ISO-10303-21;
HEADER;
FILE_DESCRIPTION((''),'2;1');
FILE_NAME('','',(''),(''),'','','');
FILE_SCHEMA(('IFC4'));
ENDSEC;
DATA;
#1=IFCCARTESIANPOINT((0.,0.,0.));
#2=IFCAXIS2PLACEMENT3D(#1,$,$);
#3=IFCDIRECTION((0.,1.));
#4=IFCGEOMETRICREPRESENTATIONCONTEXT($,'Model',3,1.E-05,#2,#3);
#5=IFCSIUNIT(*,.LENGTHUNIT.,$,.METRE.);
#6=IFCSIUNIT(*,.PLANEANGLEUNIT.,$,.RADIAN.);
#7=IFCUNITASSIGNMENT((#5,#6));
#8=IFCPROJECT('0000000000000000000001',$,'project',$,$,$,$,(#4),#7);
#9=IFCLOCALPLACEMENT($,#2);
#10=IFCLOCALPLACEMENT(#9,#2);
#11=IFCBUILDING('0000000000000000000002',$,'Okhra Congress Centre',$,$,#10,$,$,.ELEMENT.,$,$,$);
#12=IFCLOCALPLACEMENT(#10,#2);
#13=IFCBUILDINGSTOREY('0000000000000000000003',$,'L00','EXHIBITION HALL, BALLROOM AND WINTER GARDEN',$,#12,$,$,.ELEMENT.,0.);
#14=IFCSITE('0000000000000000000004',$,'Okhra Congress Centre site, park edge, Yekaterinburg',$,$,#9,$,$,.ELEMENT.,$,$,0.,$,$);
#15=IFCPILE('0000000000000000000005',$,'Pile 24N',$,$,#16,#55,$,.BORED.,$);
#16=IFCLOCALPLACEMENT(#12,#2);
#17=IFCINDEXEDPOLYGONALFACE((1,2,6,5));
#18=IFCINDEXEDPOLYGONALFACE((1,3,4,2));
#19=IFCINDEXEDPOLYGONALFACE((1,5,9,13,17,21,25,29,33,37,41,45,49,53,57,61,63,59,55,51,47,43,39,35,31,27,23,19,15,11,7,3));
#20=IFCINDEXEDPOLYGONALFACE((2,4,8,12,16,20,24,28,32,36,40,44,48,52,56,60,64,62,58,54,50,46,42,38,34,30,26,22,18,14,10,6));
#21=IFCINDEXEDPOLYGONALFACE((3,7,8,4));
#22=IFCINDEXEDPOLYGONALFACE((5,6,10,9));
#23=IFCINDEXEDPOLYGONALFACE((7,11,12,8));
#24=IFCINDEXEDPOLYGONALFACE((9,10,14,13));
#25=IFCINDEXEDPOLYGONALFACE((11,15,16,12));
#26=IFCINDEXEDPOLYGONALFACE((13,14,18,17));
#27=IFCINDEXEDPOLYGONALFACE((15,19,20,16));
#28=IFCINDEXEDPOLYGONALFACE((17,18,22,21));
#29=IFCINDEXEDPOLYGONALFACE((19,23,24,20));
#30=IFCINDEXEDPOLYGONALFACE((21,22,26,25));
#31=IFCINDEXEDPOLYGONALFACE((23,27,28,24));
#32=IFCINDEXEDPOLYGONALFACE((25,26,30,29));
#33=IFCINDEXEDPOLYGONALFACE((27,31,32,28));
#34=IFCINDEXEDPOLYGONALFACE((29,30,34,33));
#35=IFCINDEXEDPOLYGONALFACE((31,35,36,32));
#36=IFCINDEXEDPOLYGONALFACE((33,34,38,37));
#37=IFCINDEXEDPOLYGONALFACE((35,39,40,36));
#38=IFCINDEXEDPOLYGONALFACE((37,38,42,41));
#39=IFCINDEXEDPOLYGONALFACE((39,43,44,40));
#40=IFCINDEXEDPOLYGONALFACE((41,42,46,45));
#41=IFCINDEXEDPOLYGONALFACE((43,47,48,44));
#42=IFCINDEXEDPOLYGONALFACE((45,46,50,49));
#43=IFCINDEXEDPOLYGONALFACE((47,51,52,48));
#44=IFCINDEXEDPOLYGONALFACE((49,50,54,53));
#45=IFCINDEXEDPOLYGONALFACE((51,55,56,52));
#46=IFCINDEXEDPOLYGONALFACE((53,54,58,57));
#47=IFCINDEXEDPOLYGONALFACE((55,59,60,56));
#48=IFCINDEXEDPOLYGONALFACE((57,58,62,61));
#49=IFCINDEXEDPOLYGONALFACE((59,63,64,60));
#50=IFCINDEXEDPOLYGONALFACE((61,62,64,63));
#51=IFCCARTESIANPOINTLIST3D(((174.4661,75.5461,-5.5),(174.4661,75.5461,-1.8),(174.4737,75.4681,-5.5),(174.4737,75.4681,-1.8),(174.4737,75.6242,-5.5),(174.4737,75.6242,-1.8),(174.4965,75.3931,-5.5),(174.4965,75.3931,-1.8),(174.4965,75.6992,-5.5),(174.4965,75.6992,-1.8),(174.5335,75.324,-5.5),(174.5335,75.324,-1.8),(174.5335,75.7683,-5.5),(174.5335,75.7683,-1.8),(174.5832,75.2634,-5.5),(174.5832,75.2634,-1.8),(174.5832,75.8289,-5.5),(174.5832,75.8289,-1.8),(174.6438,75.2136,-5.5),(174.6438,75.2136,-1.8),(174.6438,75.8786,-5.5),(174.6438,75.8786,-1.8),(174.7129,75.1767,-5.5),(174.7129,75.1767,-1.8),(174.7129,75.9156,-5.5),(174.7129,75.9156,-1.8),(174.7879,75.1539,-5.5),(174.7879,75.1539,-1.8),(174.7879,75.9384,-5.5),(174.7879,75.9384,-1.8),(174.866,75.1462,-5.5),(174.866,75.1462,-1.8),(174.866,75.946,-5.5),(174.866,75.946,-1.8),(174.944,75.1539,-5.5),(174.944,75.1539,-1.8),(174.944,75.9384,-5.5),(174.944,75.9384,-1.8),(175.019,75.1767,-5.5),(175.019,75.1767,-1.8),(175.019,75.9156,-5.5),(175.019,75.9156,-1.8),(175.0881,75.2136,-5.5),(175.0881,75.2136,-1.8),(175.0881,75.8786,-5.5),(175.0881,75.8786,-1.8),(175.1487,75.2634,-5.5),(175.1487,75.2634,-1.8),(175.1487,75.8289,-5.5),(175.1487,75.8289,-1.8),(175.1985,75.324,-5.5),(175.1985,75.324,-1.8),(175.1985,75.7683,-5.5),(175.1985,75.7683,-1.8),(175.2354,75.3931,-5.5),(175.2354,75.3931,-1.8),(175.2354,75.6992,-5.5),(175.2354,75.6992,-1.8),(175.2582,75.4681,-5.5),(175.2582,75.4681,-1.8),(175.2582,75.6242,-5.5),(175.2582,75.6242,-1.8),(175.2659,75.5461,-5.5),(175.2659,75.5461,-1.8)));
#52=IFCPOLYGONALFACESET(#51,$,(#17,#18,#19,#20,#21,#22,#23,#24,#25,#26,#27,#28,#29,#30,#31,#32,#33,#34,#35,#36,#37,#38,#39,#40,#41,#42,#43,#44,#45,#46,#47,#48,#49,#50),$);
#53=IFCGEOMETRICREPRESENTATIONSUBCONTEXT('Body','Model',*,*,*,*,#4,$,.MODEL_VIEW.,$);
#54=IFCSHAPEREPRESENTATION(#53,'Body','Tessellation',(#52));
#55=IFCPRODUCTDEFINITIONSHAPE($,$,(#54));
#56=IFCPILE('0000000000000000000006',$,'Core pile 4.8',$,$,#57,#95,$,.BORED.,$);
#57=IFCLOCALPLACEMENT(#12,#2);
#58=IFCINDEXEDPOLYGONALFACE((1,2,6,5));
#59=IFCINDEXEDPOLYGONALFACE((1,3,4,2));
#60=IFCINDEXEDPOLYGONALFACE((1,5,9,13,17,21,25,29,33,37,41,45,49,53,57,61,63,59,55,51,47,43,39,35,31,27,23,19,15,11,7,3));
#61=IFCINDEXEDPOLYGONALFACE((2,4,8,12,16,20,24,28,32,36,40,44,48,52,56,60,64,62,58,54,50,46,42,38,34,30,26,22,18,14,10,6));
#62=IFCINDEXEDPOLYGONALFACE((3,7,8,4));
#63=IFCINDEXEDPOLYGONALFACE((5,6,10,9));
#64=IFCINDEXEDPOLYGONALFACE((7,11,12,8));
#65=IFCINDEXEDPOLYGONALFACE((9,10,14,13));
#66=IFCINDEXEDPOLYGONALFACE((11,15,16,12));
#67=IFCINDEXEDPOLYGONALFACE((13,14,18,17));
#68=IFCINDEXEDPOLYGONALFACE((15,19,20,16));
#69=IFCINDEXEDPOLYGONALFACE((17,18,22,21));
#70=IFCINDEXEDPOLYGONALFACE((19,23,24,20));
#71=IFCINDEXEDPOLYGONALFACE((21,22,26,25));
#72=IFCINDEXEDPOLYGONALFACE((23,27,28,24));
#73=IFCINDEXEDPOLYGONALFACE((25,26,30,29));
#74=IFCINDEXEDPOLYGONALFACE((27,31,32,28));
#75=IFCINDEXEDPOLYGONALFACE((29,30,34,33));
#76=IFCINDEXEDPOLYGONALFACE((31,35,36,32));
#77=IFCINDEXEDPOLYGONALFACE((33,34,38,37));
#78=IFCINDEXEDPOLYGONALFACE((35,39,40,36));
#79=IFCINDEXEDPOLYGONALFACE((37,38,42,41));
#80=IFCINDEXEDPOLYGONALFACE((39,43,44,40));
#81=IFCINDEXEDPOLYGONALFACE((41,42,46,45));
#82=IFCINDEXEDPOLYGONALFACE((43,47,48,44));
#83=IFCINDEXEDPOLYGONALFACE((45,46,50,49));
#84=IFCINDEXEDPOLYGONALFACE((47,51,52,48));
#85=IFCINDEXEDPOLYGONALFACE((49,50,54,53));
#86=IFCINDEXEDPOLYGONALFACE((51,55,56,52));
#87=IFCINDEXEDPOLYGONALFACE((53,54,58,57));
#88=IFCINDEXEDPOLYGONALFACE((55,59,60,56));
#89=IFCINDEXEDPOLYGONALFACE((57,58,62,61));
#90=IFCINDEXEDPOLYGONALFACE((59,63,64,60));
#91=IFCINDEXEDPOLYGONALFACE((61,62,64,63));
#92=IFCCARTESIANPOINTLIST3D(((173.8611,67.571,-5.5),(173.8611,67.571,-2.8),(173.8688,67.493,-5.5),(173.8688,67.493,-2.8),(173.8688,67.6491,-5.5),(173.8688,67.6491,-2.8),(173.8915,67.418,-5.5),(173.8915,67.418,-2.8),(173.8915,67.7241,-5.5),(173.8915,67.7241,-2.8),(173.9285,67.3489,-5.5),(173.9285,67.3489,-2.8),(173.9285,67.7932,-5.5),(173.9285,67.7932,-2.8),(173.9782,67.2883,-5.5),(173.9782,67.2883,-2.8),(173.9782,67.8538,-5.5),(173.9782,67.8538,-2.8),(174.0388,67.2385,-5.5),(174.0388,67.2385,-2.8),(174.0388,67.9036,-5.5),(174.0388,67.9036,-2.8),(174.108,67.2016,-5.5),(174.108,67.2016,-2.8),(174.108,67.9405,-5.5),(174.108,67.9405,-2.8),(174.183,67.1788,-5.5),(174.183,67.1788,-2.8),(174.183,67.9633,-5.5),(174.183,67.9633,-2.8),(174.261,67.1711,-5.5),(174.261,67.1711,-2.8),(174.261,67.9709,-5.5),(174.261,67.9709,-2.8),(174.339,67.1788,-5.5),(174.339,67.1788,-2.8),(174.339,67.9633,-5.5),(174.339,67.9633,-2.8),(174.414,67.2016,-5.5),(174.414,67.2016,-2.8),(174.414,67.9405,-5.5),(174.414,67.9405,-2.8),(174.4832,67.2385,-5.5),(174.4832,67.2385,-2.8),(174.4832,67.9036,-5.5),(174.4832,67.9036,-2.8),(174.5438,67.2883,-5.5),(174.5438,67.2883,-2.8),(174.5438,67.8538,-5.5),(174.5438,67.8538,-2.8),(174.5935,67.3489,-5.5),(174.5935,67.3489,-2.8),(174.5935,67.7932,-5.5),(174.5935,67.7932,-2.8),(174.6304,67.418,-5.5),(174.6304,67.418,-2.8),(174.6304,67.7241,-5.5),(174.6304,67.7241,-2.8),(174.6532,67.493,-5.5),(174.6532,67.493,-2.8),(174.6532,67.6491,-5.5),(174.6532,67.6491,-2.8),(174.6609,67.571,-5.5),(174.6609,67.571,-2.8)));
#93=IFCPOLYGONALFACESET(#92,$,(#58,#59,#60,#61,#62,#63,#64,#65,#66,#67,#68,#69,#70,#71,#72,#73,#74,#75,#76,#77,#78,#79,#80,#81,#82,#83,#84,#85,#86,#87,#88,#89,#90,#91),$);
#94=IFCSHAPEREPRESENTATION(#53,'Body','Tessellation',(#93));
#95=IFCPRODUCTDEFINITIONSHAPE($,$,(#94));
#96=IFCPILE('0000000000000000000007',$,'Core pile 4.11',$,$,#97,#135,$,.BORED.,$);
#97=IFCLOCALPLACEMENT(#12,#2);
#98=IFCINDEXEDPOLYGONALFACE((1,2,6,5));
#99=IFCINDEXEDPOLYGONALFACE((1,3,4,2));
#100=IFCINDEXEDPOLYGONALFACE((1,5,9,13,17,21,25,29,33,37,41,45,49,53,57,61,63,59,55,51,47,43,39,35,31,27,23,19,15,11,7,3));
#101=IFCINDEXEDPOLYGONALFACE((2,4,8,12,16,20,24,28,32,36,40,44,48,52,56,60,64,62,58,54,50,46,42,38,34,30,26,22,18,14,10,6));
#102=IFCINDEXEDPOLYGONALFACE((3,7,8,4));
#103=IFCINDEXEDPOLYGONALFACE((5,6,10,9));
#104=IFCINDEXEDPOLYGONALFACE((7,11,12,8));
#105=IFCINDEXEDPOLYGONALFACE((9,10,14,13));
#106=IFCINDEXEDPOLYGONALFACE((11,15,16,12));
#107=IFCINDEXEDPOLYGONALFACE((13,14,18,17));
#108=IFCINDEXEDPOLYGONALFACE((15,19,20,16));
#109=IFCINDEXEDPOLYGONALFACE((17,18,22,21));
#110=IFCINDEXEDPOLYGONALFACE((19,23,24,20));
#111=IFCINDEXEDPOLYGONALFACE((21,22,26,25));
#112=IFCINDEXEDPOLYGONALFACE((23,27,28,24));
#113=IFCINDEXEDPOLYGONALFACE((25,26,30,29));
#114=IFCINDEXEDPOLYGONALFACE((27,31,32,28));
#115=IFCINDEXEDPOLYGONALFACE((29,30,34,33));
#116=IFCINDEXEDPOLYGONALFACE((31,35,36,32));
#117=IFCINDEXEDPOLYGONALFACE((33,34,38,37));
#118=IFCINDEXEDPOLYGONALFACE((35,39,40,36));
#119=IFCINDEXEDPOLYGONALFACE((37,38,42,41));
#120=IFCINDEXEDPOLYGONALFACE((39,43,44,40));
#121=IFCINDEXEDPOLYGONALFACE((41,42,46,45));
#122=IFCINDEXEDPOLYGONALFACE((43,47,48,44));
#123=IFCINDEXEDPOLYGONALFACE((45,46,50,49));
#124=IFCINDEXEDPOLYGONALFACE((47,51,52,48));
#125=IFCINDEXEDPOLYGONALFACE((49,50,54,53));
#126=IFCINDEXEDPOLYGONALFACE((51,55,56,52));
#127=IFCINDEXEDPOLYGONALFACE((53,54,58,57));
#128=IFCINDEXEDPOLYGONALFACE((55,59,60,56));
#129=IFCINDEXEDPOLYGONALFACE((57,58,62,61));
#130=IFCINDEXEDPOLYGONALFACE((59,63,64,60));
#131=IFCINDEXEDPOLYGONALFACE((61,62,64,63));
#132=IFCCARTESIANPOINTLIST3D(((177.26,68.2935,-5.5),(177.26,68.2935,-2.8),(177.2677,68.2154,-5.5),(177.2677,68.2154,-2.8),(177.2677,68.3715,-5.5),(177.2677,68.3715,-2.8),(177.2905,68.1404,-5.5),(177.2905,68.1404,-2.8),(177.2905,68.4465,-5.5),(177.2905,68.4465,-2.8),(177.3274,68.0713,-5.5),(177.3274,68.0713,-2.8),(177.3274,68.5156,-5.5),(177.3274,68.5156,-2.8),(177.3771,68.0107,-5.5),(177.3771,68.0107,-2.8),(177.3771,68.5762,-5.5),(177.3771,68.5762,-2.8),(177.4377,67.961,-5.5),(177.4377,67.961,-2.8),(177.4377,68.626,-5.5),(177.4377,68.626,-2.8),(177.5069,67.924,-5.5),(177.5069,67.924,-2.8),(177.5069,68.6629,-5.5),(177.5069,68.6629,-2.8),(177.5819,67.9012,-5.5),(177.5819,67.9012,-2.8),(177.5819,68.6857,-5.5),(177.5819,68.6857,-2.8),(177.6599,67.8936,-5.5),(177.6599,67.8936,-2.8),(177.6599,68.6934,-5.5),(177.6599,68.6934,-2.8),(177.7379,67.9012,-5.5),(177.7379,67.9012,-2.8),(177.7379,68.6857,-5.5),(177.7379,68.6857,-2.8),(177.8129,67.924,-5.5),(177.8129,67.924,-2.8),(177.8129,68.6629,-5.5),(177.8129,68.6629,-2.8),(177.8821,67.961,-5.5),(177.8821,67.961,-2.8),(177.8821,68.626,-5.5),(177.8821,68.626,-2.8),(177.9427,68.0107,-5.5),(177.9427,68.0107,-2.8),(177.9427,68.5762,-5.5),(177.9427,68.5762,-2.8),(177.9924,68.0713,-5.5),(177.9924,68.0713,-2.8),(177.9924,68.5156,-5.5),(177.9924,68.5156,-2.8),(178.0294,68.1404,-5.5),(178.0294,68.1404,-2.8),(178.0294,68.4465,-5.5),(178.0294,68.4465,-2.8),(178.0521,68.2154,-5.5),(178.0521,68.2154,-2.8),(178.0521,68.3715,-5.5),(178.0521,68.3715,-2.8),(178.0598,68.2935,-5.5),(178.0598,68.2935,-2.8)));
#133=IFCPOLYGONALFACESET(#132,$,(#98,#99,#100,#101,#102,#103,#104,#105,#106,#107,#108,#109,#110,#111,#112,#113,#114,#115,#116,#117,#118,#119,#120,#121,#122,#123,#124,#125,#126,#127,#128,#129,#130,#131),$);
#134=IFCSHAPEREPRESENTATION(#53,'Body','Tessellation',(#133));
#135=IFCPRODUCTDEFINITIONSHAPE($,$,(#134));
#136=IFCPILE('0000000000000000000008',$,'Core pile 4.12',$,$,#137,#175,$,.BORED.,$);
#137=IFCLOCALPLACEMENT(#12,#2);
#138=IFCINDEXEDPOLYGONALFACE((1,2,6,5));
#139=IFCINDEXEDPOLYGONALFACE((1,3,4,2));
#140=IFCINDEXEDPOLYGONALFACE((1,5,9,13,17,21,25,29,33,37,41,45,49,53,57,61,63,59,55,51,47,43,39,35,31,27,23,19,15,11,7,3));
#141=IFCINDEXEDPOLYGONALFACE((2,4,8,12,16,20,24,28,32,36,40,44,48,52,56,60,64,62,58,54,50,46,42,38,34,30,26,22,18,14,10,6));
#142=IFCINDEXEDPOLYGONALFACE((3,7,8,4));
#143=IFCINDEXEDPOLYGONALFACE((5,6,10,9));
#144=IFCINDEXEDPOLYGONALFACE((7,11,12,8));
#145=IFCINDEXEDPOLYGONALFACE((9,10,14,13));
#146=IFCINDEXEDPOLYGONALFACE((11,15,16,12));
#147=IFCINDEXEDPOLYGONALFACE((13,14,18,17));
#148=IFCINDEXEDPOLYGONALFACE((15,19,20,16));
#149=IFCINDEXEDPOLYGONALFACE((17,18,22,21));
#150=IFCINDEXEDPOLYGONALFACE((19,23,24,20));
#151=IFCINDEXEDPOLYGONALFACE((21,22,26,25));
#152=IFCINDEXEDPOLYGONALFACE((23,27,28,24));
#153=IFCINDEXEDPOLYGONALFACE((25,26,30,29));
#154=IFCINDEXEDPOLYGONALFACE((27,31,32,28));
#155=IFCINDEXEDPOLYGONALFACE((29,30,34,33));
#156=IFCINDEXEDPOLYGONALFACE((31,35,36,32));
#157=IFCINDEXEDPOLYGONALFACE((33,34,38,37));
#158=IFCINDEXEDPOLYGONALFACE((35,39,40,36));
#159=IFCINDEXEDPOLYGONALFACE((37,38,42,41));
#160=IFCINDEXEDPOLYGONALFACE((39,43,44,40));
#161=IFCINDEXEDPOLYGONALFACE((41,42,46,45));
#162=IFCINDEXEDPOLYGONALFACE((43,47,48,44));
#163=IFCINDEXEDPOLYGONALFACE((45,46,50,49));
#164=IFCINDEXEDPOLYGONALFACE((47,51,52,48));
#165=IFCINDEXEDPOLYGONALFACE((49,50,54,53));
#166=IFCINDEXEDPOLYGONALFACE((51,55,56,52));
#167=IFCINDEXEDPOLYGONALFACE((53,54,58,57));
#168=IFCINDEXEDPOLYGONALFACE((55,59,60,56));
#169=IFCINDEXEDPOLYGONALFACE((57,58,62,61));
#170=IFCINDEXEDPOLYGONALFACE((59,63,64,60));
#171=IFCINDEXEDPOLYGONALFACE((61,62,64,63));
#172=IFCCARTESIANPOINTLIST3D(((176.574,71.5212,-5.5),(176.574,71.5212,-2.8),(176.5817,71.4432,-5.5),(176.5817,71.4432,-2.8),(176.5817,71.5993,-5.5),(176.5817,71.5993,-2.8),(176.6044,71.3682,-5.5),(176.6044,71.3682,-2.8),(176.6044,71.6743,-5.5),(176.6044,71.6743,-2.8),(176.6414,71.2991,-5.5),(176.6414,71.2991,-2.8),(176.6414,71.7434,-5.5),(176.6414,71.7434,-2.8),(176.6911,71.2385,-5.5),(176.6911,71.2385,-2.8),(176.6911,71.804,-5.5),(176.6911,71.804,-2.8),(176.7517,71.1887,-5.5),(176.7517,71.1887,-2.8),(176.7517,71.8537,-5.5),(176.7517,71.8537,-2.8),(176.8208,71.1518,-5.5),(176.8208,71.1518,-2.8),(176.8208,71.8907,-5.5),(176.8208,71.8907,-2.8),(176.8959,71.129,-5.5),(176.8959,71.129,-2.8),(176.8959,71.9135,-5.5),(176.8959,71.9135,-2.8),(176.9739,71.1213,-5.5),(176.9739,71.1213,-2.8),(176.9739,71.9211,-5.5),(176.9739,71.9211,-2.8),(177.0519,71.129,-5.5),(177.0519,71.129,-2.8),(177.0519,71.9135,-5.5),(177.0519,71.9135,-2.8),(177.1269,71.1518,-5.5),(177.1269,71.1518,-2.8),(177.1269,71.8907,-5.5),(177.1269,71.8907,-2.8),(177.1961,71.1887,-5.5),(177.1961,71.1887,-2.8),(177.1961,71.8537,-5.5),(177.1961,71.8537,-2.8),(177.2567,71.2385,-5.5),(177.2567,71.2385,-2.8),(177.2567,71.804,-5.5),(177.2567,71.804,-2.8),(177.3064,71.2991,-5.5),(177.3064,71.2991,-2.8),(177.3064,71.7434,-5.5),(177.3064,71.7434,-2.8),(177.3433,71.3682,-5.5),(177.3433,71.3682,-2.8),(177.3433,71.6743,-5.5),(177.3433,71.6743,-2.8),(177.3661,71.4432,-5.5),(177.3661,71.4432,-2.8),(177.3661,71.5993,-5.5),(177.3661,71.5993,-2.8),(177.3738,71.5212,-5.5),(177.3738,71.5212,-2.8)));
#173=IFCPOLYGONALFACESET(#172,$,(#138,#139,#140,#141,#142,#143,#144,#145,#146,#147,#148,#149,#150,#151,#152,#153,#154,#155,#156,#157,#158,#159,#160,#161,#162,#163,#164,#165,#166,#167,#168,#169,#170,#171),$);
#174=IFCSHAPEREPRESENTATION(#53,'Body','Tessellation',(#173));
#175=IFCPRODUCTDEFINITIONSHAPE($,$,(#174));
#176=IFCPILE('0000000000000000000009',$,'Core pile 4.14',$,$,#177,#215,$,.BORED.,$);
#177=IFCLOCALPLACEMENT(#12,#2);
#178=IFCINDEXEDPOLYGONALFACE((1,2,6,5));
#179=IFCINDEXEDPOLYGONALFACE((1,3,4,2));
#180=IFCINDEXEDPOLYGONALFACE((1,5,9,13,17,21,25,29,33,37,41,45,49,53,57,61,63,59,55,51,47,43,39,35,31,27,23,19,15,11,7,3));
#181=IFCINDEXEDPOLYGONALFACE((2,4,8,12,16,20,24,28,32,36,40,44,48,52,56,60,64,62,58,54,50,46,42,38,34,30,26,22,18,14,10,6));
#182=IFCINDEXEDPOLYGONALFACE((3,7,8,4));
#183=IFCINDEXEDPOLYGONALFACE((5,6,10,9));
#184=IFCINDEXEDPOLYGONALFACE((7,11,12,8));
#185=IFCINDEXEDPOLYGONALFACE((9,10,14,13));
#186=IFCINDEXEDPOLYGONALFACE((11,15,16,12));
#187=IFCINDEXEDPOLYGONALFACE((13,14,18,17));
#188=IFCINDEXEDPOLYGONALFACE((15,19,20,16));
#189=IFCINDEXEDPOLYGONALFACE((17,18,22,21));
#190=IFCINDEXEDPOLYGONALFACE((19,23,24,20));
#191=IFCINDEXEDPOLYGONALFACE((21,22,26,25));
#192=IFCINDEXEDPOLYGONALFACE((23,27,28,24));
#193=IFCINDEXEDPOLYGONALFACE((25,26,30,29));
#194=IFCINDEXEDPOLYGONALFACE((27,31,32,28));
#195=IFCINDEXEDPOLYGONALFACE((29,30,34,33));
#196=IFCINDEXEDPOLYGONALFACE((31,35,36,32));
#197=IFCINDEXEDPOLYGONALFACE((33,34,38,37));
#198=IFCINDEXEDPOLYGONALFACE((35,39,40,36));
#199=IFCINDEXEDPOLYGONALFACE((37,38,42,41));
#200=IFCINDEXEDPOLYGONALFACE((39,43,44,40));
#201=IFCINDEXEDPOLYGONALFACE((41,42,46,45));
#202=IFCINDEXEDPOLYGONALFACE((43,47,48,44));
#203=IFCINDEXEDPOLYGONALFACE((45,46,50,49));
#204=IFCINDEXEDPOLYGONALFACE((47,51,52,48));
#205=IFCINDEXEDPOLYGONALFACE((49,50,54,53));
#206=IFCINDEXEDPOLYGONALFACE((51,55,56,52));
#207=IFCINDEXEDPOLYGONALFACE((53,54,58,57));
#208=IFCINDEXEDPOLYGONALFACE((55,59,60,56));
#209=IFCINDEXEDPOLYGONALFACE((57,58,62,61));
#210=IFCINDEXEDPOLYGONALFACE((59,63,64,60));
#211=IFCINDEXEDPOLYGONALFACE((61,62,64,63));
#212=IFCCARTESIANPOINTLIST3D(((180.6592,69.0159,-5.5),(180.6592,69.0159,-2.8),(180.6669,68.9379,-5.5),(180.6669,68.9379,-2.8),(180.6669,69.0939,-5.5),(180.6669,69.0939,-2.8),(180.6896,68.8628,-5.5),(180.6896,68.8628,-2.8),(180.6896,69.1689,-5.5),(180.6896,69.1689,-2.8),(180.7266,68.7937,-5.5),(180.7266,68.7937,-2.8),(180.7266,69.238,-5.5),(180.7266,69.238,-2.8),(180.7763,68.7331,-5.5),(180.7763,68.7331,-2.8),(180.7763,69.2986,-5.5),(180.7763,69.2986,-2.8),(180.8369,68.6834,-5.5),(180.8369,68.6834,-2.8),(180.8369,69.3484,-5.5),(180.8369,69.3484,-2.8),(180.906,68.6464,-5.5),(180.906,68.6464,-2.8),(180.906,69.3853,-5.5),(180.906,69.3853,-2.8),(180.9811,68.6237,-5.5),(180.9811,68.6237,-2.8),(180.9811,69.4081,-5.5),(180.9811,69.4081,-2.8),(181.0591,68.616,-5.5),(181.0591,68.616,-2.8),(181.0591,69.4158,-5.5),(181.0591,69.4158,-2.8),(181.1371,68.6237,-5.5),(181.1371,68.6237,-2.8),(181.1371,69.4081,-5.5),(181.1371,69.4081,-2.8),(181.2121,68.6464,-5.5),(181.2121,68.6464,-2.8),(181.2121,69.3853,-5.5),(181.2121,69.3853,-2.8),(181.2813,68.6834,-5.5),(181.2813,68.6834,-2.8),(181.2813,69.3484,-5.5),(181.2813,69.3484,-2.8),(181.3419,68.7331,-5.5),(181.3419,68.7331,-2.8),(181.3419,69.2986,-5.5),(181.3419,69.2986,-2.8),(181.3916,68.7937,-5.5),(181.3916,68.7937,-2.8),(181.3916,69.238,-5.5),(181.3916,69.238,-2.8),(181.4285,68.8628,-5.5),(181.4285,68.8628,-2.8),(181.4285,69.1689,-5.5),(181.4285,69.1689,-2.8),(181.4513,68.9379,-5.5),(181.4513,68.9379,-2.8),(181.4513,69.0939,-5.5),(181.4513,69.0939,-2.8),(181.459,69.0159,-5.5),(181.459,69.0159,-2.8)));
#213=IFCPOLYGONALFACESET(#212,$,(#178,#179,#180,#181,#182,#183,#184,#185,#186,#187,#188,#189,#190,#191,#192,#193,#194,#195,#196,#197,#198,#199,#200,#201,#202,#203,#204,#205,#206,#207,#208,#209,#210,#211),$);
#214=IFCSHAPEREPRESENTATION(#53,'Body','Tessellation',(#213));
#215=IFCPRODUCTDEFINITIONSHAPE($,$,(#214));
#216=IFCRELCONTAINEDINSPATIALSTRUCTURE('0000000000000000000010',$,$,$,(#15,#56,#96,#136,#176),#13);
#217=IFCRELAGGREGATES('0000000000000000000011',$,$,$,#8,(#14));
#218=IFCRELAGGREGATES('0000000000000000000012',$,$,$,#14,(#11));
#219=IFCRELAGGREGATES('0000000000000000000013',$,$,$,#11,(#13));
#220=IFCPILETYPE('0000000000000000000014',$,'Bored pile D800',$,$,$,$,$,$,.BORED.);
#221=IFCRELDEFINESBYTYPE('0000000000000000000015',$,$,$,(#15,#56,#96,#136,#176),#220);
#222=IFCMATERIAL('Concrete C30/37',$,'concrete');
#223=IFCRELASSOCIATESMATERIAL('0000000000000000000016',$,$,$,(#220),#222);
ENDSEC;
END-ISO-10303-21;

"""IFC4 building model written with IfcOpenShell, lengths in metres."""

from ifc_helpers import new_model, si_unit, direction, frame, origin, origin_2d, place, context, subcontext, project, spatial, circle, extrude, material, material_profile, profile_set, type_object, element, save


model = new_model("IFC4")

# Units and contexts
model_context = context("Model", 3, precision=1e-05, world=origin(), true_north=direction((0.0, 1.0)))
body_context = subcontext(model_context, "Body", "Model", "MODEL_VIEW")
ifc_project = project(units=[si_unit("LENGTHUNIT", "METRE"), si_unit("PLANEANGLEUNIT", "RADIAN")], contexts=[model_context])

# Site, building, storey
site_placement = place(None, origin())
site = spatial("IfcSite", under=ifc_project, at=site_placement, Name="Okhra Congress Centre site, park edge, Yekaterinburg", CompositionType="ELEMENT", RefElevation=0.0)
building_placement = place(site_placement, origin())
building = spatial("IfcBuilding", under=site, at=building_placement, Name="Okhra Congress Centre", CompositionType="ELEMENT")
storey_placement = place(building_placement, origin())
storey = spatial("IfcBuildingStorey", under=building, at=storey_placement, Name="L00", Description="EXHIBITION HALL, BALLROOM AND WINTER GARDEN", CompositionType="ELEMENT", Elevation=0.0)

# Piles
ifc_material_1 = material(Name="Concrete C30/37", Category="concrete")
ifc_material_profile_1 = material_profile(ifc_material_1, circle(Radius=0.3999, at=origin_2d()), Name="D800")
ifc_profile_set_1 = profile_set([ifc_material_profile_1], Name="Concrete C30/37")
pile_type = type_object("IfcPileType", Name="Bored pile D800", PredefinedType="BORED", material=ifc_profile_set_1)
pile_placement = place(storey_placement, frame((174.866, 75.5461, -1.8), z_axis=(0.0, 0.0, -1.0), x_axis=(1.0, 0.0, 0.0)))
element("IfcPile", 1, at=pile_placement, inside=storey, type_object=pile_type, Name="Pile 24N", PredefinedType="BORED", context=body_context, shape_type="SweptSolid", body=[
    extrude(circle(Radius=0.3999, at=origin_2d()), origin(), (0.0, 0.0, 1.0), 3.7),
])
for number, where, z_axis, x_axis, name in (
    (2, (174.261, 67.571, -2.8), (0.0, 0.0, -1.0), (1.0, 0.0, 0.0), "Core pile 4.8"),
    (3, (177.6599, 68.2935, -2.8), (0.0, 0.0, -1.0), (1.0, 0.0, 0.0), "Core pile 4.11"),
    (4, (176.9739, 71.5212, -2.8), (0.0, 0.0, -1.0), (1.0, 0.0, 0.0), "Core pile 4.12"),
    (5, (181.0591, 69.0159, -2.8), (0.0, 0.0, -1.0), (1.0, 0.0, 0.0), "Core pile 4.14"),
):
    element("IfcPile", number, at=place(storey_placement, frame(where, z_axis=z_axis, x_axis=x_axis)), inside=storey, type_object=pile_type, Name=name, PredefinedType="BORED", context=body_context, shape_type="SweptSolid", body=[
        extrude(circle(Radius=0.3999, at=origin_2d()), origin(), (0.0, 0.0, 1.0), 2.7),
    ])

save(model, "model.ifc")
